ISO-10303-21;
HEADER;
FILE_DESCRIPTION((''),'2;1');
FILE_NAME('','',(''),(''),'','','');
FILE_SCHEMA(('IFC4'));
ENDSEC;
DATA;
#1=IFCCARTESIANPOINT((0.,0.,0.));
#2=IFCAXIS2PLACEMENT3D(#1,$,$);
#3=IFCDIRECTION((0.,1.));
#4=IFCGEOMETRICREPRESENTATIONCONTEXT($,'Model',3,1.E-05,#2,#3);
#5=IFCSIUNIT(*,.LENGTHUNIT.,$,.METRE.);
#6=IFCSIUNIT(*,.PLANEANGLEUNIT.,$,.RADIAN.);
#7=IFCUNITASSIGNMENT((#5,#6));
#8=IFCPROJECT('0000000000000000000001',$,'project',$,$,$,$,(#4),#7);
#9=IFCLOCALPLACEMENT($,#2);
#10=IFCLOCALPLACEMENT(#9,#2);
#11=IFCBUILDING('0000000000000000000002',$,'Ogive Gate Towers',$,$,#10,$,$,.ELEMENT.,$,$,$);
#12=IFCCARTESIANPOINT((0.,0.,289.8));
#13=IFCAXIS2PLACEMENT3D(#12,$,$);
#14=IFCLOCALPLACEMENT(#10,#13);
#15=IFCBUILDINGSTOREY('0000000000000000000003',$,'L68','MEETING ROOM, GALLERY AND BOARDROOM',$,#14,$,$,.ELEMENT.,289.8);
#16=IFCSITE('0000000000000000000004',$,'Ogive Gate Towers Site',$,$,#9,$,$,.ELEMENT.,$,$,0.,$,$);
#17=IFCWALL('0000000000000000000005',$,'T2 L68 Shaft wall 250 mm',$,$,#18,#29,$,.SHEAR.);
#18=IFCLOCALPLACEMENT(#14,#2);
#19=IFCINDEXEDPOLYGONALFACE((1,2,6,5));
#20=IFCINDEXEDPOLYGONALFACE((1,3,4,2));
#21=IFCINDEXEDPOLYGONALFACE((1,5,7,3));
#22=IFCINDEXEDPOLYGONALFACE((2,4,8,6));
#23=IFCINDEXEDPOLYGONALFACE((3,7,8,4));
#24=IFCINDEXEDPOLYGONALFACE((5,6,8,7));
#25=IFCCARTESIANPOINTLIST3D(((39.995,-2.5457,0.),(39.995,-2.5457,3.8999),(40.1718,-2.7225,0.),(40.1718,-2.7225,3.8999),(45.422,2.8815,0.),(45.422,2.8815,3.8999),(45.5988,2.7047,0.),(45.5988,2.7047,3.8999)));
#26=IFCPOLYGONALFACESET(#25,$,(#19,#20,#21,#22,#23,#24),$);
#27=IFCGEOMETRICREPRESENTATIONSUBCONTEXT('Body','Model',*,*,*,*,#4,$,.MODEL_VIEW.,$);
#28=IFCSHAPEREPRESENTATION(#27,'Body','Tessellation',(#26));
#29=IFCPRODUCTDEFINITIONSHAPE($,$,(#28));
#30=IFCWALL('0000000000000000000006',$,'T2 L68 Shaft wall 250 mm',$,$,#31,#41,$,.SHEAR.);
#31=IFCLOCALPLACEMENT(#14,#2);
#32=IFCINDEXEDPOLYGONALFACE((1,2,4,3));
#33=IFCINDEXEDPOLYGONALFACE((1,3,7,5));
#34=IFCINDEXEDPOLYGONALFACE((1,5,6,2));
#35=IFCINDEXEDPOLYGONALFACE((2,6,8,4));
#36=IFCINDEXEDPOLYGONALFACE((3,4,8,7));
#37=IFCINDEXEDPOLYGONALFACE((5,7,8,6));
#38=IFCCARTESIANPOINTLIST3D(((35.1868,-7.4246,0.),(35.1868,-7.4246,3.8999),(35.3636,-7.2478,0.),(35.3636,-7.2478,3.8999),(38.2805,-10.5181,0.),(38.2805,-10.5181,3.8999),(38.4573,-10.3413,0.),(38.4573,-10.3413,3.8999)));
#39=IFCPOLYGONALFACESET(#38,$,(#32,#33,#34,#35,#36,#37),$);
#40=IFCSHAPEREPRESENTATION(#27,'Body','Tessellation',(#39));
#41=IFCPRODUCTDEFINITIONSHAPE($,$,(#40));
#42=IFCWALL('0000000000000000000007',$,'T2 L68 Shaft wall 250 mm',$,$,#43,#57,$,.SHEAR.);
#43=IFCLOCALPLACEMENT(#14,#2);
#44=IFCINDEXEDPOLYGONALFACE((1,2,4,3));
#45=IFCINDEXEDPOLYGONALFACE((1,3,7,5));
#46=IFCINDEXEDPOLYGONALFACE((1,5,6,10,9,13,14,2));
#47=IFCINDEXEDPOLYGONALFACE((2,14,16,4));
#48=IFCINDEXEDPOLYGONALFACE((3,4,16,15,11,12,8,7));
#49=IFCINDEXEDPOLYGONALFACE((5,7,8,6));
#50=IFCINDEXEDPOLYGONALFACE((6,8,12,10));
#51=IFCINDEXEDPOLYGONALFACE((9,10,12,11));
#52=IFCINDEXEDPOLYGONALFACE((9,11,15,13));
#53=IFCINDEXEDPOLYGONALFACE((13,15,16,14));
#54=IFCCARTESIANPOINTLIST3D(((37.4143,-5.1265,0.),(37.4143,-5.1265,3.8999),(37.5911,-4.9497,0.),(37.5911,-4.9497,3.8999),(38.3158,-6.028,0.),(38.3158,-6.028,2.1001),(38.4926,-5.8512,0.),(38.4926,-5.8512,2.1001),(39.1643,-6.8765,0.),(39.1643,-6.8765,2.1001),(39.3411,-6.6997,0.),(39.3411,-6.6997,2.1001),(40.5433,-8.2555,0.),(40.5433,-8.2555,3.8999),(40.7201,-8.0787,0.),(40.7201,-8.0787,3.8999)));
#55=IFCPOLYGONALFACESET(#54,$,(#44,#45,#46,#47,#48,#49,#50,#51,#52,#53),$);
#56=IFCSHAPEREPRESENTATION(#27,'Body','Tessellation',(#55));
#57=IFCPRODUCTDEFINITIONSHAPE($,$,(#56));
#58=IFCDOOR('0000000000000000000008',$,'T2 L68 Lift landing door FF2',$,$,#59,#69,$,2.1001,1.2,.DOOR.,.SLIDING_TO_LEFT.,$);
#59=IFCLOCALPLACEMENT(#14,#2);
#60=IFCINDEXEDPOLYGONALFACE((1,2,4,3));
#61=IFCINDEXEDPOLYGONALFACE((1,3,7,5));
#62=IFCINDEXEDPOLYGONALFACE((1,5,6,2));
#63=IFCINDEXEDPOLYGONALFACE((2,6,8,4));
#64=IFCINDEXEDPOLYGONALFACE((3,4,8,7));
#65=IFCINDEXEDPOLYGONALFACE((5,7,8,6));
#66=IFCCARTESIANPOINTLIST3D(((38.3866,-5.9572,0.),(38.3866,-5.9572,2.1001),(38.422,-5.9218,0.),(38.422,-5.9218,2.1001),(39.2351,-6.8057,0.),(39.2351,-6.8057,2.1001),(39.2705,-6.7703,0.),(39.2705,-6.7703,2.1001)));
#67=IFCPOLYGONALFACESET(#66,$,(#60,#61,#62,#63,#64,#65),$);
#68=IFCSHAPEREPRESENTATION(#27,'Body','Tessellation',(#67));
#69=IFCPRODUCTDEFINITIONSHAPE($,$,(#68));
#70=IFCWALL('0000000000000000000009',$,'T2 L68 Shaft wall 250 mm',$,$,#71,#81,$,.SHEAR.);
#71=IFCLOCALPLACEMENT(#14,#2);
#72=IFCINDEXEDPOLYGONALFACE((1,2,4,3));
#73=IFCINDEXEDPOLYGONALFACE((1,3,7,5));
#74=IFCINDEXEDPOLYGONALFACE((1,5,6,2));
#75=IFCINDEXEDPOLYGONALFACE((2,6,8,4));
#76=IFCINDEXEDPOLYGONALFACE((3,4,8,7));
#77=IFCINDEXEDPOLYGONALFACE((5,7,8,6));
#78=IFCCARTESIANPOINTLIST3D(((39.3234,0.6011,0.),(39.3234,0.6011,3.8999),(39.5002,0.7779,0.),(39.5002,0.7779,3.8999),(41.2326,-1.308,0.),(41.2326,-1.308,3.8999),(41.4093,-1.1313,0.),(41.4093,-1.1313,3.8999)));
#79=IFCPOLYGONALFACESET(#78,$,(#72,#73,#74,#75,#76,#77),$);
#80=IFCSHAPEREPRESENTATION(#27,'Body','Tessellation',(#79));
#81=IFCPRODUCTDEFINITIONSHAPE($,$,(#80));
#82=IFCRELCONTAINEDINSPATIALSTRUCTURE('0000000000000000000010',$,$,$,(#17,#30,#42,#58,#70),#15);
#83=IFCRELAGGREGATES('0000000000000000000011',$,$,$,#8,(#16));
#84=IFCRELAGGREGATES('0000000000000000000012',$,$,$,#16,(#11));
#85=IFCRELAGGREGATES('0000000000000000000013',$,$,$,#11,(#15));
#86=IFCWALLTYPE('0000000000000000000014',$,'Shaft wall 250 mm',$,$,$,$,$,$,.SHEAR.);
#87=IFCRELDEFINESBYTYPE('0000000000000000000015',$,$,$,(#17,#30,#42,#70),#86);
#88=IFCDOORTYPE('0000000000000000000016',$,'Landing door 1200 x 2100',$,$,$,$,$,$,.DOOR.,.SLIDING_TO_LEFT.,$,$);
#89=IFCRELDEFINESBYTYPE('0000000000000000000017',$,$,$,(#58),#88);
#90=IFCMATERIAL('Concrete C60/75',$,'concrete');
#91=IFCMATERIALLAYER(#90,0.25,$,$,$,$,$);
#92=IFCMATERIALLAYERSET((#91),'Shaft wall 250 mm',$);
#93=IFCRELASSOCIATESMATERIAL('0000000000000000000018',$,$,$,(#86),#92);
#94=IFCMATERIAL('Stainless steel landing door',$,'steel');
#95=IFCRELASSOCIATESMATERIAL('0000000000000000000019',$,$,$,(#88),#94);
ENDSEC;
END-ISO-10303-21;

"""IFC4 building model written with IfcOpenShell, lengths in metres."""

from ifc_helpers import new_model, si_unit, direction, frame, frame_2d, origin, place, context, subcontext, project, spatial, rectangle, extrude, material, layer, layer_set, type_object, element, fill, save


model = new_model("IFC4")

# Units and contexts
model_context = context("Model", 3, precision=1e-05, world=origin(), true_north=direction((0.0, 1.0)))
body_context = subcontext(model_context, "Body", "Model", "MODEL_VIEW")
ifc_project = project(units=[si_unit("LENGTHUNIT", "METRE"), si_unit("PLANEANGLEUNIT", "RADIAN")], contexts=[model_context])

# Site, building, storey
site_placement = place(None, origin())
site = spatial("IfcSite", under=ifc_project, at=site_placement, Name="Ogive Gate Towers Site", CompositionType="ELEMENT", RefElevation=0.0)
building_placement = place(site_placement, origin())
building = spatial("IfcBuilding", under=site, at=building_placement, Name="Ogive Gate Towers", CompositionType="ELEMENT")
storey_placement = place(building_placement, frame((0.0, 0.0, 289.8)))
storey = spatial("IfcBuildingStorey", under=building, at=storey_placement, Name="L68", Description="MEETING ROOM, GALLERY AND BOARDROOM", CompositionType="ELEMENT", Elevation=289.8)

# Shared definitions
ifc_material_1 = material(Name="Concrete C60/75", Category="concrete")

# Walls
ifc_layer_1 = layer(ifc_material_1, 0.25)
ifc_layer_set_1 = layer_set([ifc_layer_1], Name="Shaft wall 250 mm")
wall_type_1 = type_object("IfcWallType", Name="Shaft wall 250 mm", PredefinedType="SHEAR", material=ifc_layer_set_1)
wall_1_placement = place(storey_placement, frame((40.0835, -2.634, 0.0), z_axis=(0.0, 0.0, 1.0), x_axis=(0.707091, 0.707123, 0.0)))
element("IfcWall", 1, at=wall_1_placement, inside=storey, type_object=wall_type_1, Name="T2 L68 Shaft wall 250 mm", PredefinedType="SHEAR", context=body_context, shape_type="SweptSolid", body=[
    extrude(rectangle(XDim=7.675, YDim=0.25, at=frame_2d((3.8374, 0.0))), origin(), (0.0, 0.0, 1.0), 3.8999),
])
wall_2_placement = place(storey_placement, frame((38.3689, -10.4297, 0.0), z_axis=(0.0, 0.0, 1.0), x_axis=(-0.707135, 0.707079, 0.0)))
element("IfcWall", 2, at=wall_2_placement, inside=storey, type_object=wall_type_1, Name="T2 L68 Shaft wall 250 mm", PredefinedType="SHEAR", context=body_context, shape_type="SweptSolid", body=[
    extrude(rectangle(XDim=4.375, YDim=0.25, at=frame_2d((2.1875, 0.0))), origin(), (0.0, 0.0, 1.0), 3.8999),
])

# Wall, opening, door
wall_3_placement = place(storey_placement, frame((40.6316, -8.167, 0.0), z_axis=(0.0, 0.0, 1.0), x_axis=(-0.707107, 0.707107, 0.0)))
wall_3 = element("IfcWall", 3, at=wall_3_placement, inside=storey, type_object=wall_type_1, Name="T2 L68 Shaft wall 250 mm", PredefinedType="SHEAR", context=body_context, shape_type="SweptSolid", body=[
    extrude(rectangle(XDim=4.425, YDim=0.25, at=frame_2d((2.2124, 0.0))), origin(), (0.0, 0.0, 1.0), 3.8999),
])
opening_1_placement = place(wall_3_placement, frame((1.95, 0.0, 0.0)))
opening_1 = element("IfcOpeningElement", 4, at=opening_1_placement, cuts=wall_3, PredefinedType="OPENING", context=body_context, shape_type="SweptSolid", body=[
    extrude(rectangle(XDim=1.2, YDim=2.1001, at=frame_2d((0.6001, 1.05))), frame((0.0, 0.135, 0.0), z_axis=(0.0, -1.0, 0.0), x_axis=(1.0, 0.0, 0.0)), (0.0, 0.0, 1.0), 0.27),
])
ifc_material_2 = material(Name="Stainless steel landing door", Category="steel")
door_type_1 = type_object("IfcDoorType", Name="Landing door 1200 x 2100", OperationType="SLIDING_TO_LEFT", PredefinedType="DOOR", material=ifc_material_2)
door_1_placement = place(opening_1_placement, origin())
door_1 = element("IfcDoor", 5, at=door_1_placement, inside=storey, type_object=door_type_1, Name="T2 L68 Lift landing door FF2", OperationType="SLIDING_TO_LEFT", OverallHeight=2.1001, OverallWidth=1.2, PredefinedType="DOOR", context=body_context, shape_type="SweptSolid", body=[
    extrude(rectangle(XDim=1.2, YDim=2.1001, at=frame_2d((0.6001, 1.05))), frame((0.0, 0.0249, 0.0), z_axis=(0.0, -1.0, 0.0), x_axis=(1.0, 0.0, 0.0)), (0.0, 0.0, 1.0), 0.05),
])
fill(opening_1, door_1)

# Wall
wall_4_placement = place(storey_placement, frame((41.321, -1.2197, 0.0), z_axis=(0.0, 0.0, 1.0), x_axis=(-0.707107, 0.707107, 0.0)))
element("IfcWall", 6, at=wall_4_placement, inside=storey, type_object=wall_type_1, Name="T2 L68 Shaft wall 250 mm", PredefinedType="SHEAR", context=body_context, shape_type="SweptSolid", body=[
    extrude(rectangle(XDim=2.7, YDim=0.25, at=frame_2d((1.3501, 0.0))), origin(), (0.0, 0.0, 1.0), 3.8999),
])

save(model, "model.ifc")
